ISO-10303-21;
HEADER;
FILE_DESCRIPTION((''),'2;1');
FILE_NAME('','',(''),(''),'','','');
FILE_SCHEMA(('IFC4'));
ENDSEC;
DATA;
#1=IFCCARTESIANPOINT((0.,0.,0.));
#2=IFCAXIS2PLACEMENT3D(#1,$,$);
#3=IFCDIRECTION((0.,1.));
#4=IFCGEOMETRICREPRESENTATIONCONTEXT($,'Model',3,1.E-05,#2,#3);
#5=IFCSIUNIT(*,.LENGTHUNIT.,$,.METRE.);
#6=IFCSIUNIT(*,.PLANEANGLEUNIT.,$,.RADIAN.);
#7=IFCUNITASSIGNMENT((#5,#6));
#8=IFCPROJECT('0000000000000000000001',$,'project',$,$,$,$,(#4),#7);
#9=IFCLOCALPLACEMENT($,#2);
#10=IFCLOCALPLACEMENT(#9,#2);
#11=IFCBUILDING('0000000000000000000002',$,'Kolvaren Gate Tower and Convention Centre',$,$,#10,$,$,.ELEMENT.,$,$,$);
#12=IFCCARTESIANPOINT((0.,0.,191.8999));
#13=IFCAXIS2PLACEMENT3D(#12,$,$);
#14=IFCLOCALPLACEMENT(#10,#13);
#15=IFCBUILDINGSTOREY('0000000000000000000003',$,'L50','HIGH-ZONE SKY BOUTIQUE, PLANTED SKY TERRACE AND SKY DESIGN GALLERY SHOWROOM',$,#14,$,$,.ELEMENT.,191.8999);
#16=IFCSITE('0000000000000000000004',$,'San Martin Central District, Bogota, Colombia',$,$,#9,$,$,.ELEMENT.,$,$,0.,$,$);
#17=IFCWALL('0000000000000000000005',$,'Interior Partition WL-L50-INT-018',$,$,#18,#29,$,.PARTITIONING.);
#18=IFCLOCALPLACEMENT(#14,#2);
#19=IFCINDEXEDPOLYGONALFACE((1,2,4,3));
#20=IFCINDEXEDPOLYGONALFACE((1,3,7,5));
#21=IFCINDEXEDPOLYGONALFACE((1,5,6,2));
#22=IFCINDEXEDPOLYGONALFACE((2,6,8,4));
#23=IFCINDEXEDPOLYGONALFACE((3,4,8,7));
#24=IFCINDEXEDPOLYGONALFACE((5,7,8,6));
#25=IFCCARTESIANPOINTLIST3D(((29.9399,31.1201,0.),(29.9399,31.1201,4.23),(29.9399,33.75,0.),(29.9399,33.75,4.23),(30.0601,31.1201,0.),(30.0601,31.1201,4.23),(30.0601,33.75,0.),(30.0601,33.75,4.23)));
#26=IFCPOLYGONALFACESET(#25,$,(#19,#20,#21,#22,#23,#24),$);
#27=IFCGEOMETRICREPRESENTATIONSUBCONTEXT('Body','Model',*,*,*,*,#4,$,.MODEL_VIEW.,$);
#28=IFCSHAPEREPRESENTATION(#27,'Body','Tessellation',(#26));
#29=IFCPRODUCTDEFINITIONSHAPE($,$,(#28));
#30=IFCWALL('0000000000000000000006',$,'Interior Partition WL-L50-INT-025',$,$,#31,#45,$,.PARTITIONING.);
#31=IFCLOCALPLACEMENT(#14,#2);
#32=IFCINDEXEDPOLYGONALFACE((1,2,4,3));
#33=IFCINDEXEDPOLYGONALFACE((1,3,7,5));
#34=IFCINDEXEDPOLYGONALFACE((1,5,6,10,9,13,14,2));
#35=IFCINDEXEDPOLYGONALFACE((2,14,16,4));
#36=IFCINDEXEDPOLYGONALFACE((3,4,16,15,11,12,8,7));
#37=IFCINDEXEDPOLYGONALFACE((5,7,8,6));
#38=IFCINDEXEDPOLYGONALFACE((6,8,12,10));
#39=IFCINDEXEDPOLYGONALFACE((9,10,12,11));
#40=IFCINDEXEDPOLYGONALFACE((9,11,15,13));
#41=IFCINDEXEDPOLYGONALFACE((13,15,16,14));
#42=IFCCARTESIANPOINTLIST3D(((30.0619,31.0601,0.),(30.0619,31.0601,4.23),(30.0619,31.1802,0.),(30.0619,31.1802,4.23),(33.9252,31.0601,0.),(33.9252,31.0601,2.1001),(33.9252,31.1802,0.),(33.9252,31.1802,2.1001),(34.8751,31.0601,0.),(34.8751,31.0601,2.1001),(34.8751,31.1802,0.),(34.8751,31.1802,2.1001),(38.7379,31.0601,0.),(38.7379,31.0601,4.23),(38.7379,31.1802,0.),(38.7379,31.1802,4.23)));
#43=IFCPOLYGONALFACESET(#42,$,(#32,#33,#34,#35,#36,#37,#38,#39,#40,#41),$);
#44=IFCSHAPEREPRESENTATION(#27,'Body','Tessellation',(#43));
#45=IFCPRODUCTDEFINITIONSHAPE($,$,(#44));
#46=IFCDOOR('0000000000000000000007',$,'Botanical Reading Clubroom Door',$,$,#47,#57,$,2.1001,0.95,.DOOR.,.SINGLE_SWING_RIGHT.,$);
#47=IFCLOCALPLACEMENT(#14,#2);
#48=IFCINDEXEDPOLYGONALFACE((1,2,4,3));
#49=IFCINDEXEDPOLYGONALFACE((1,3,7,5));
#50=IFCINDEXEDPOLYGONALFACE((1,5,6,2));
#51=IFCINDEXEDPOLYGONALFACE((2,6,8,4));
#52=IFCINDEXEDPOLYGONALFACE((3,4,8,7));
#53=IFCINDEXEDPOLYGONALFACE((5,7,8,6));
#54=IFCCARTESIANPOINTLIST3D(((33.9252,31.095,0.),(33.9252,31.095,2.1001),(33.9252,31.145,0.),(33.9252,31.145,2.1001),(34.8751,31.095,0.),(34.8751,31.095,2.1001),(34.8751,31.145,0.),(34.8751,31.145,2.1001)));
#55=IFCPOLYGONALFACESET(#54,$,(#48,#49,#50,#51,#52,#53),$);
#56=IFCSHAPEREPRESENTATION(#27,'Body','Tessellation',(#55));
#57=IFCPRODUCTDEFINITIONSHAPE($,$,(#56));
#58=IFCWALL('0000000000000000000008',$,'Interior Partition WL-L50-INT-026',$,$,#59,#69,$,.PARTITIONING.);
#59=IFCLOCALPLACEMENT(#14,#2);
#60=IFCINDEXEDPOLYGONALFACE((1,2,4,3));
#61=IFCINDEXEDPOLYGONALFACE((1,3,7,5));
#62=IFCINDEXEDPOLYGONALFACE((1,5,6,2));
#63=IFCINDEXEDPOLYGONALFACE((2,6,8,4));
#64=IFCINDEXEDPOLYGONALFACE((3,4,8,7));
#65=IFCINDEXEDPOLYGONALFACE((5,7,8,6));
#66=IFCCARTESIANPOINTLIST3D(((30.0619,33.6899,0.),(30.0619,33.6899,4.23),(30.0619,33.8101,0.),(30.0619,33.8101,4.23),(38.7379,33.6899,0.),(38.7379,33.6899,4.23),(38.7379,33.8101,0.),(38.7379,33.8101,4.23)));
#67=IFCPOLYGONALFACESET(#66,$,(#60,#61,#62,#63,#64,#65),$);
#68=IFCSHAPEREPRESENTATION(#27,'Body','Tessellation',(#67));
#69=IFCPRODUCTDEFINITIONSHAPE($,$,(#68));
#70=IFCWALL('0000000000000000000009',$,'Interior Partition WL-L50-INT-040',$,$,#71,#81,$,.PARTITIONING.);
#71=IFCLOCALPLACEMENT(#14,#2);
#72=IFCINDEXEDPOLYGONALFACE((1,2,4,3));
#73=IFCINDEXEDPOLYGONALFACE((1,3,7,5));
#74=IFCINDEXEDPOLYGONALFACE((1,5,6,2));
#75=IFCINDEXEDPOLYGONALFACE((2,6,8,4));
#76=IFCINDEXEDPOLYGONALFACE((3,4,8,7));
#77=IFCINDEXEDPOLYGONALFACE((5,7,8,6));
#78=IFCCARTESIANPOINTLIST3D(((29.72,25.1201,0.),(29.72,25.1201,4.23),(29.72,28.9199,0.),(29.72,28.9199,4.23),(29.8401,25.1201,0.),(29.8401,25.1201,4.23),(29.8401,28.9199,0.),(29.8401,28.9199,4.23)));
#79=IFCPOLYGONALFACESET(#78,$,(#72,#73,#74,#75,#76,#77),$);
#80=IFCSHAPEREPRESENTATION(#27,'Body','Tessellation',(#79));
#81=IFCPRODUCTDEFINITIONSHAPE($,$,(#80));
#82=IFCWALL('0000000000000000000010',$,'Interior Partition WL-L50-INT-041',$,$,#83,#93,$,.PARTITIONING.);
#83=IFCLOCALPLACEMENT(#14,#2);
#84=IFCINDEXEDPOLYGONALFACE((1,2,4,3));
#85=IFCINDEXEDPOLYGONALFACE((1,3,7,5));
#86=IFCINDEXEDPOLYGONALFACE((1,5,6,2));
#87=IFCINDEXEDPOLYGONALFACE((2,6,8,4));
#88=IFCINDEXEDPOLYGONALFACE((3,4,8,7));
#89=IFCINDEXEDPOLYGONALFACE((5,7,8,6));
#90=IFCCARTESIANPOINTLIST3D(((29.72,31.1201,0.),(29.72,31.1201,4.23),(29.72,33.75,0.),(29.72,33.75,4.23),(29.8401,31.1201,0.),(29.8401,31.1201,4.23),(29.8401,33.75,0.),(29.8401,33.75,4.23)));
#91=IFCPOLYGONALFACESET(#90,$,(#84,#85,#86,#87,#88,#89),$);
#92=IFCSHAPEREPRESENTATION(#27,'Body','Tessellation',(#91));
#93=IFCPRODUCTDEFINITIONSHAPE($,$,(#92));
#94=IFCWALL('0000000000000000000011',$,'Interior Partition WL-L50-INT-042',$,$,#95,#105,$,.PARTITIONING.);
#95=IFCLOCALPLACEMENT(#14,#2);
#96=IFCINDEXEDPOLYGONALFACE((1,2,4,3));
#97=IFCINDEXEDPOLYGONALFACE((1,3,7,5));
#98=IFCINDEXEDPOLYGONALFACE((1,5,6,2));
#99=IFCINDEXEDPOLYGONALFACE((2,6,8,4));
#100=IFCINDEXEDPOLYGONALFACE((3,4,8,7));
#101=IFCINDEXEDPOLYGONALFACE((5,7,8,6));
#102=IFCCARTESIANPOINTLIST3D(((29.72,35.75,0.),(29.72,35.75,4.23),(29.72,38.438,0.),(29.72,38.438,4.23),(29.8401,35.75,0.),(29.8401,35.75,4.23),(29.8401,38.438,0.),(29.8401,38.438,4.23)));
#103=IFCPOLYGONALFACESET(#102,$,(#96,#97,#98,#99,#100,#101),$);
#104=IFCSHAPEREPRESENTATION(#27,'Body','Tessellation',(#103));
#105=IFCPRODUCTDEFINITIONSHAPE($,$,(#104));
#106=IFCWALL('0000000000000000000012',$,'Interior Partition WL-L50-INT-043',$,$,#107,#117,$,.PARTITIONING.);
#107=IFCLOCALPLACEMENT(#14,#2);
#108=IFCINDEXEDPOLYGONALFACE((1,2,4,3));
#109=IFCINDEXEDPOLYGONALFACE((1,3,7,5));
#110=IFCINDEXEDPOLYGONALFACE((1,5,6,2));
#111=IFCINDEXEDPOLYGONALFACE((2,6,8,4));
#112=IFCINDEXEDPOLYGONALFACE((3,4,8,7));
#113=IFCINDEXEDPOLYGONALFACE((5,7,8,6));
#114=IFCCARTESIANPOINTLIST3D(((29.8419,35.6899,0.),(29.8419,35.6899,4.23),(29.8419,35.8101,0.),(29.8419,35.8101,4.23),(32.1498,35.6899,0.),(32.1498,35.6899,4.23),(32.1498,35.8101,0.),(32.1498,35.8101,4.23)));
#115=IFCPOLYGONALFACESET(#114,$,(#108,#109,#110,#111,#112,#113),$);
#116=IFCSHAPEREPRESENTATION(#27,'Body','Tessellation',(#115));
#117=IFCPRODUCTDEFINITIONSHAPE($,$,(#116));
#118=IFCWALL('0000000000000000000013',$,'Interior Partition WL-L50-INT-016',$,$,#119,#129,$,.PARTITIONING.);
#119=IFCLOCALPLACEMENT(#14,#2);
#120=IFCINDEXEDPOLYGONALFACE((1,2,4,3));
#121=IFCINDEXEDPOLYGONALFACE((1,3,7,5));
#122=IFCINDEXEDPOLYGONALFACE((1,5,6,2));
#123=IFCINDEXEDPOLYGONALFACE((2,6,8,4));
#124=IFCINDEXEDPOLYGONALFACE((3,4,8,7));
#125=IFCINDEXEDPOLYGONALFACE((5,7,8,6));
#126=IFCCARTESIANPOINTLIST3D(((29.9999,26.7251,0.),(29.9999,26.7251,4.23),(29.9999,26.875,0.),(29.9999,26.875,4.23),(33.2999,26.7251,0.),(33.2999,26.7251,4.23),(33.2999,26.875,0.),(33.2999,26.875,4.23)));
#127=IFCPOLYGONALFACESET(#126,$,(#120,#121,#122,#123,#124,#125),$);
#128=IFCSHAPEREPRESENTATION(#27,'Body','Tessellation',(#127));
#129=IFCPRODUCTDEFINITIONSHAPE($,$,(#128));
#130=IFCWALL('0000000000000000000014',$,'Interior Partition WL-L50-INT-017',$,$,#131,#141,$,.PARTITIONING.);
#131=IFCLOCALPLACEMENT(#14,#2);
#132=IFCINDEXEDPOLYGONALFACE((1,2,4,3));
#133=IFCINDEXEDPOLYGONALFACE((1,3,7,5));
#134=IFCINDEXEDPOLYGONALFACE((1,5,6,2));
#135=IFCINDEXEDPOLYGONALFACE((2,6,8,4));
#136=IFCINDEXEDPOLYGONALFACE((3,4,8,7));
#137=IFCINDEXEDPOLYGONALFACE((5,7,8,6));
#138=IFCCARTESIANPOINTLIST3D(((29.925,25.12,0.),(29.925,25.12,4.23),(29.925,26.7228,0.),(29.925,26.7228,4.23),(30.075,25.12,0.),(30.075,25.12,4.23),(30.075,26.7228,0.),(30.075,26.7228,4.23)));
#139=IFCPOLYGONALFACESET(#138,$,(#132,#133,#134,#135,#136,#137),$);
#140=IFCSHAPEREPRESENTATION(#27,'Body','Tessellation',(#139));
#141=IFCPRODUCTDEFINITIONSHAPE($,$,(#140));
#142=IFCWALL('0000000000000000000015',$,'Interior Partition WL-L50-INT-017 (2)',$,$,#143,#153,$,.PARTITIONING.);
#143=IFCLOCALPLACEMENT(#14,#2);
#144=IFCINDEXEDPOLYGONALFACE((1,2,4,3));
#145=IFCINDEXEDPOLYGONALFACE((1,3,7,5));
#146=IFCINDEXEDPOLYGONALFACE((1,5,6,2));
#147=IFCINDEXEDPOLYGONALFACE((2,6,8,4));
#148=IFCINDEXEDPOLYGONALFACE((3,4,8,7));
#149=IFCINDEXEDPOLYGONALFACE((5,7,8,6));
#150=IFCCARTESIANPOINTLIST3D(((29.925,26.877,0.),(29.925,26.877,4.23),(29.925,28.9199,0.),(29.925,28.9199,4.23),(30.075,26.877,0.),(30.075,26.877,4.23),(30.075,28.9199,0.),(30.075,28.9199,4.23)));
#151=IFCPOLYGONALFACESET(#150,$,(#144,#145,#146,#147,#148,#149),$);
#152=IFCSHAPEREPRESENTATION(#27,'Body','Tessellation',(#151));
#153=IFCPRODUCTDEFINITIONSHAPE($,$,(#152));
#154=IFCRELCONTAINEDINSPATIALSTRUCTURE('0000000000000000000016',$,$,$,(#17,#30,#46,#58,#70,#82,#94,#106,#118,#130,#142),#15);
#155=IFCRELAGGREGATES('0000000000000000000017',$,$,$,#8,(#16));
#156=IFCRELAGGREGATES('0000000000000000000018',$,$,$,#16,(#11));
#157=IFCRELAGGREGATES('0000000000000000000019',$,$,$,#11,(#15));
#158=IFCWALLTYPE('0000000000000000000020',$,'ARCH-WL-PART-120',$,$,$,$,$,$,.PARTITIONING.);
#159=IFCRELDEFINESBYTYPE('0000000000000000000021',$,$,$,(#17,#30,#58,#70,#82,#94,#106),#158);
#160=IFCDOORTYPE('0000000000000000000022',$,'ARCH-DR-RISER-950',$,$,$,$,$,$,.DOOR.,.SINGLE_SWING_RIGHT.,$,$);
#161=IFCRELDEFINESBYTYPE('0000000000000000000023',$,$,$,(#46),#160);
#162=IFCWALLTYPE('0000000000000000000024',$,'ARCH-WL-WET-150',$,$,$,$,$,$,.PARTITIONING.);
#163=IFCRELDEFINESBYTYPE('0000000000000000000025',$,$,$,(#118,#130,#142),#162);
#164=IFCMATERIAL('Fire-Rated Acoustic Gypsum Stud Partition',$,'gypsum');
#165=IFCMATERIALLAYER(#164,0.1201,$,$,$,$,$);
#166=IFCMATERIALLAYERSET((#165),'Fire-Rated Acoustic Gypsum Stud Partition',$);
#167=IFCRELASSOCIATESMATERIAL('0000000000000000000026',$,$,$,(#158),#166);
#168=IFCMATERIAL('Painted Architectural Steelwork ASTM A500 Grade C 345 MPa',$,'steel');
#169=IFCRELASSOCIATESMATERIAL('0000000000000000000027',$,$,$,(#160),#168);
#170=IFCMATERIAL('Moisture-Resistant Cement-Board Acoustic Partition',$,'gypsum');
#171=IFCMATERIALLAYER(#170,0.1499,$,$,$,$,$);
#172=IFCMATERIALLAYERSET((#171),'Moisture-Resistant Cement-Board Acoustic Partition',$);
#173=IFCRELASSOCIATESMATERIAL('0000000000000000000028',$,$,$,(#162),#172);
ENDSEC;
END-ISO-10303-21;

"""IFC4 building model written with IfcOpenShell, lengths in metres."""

from ifc_helpers import new_model, si_unit, direction, frame, frame_2d, origin, place, context, subcontext, project, spatial, rectangle, extrude, material, layer, layer_set, type_object, element, fill, save


model = new_model("IFC4")

# Units and contexts
model_context = context("Model", 3, precision=1e-05, world=origin(), true_north=direction((0.0, 1.0)))
body_context = subcontext(model_context, "Body", "Model", "MODEL_VIEW")
ifc_project = project(units=[si_unit("LENGTHUNIT", "METRE"), si_unit("PLANEANGLEUNIT", "RADIAN")], contexts=[model_context])

# Site, building, storey
site_placement = place(None, origin())
site = spatial("IfcSite", under=ifc_project, at=site_placement, Name="San Martin Central District, Bogota, Colombia", CompositionType="ELEMENT", RefElevation=0.0)
building_placement = place(site_placement, origin())
building = spatial("IfcBuilding", under=site, at=building_placement, Name="Kolvaren Gate Tower and Convention Centre", CompositionType="ELEMENT")
storey_placement = place(building_placement, frame((0.0, 0.0, 191.8999)))
storey = spatial("IfcBuildingStorey", under=building, at=storey_placement, Name="L50", Description="HIGH-ZONE SKY BOUTIQUE, PLANTED SKY TERRACE AND SKY DESIGN GALLERY SHOWROOM", CompositionType="ELEMENT", Elevation=191.8999)

# Wall
ifc_material_1 = material(Name="Fire-Rated Acoustic Gypsum Stud Partition", Category="gypsum")
ifc_layer_1 = layer(ifc_material_1, 0.1201)
ifc_layer_set_1 = layer_set([ifc_layer_1], Name="Fire-Rated Acoustic Gypsum Stud Partition")
wall_type_1 = type_object("IfcWallType", Name="ARCH-WL-PART-120", PredefinedType="PARTITIONING", material=ifc_layer_set_1)
wall_1_placement = place(storey_placement, frame((30.0, 31.1201, 0.0), z_axis=(0.0, 0.0, 1.0), x_axis=(0.0, 1.0, 0.0)))
element("IfcWall", 1, at=wall_1_placement, inside=storey, type_object=wall_type_1, Name="Interior Partition WL-L50-INT-018", PredefinedType="PARTITIONING", context=body_context, shape_type="SweptSolid", body=[
    extrude(rectangle(XDim=2.6299, YDim=0.1201, at=frame_2d((1.3149, 0.0))), origin(), (0.0, 0.0, 1.0), 4.23),
])

# Wall, opening, door
wall_2_placement = place(storey_placement, frame((30.062, 31.1201, 0.0), z_axis=(0.0, 0.0, 1.0), x_axis=(1.0, 0.0, 0.0)))
wall_2 = element("IfcWall", 2, at=wall_2_placement, inside=storey, type_object=wall_type_1, Name="Interior Partition WL-L50-INT-025", PredefinedType="PARTITIONING", context=body_context, shape_type="SweptSolid", body=[
    extrude(rectangle(XDim=8.676, YDim=0.1201, at=frame_2d((4.3379, 0.0))), origin(), (0.0, 0.0, 1.0), 4.23),
])
opening_1_placement = place(wall_2_placement, frame((3.863, 0.0, 0.0)))
opening_1 = element("IfcOpeningElement", 3, at=opening_1_placement, cuts=wall_2, PredefinedType="OPENING", context=body_context, shape_type="SweptSolid", body=[
    extrude(rectangle(XDim=0.95, YDim=2.1001, at=frame_2d((0.4751, 1.05))), frame((0.0, 0.0701, 0.0), z_axis=(0.0, -1.0, 0.0), x_axis=(1.0, 0.0, 0.0)), (0.0, 0.0, 1.0), 0.1401),
])
ifc_material_2 = material(Name="Painted Architectural Steelwork ASTM A500 Grade C 345 MPa", Category="steel")
door_type = type_object("IfcDoorType", Name="ARCH-DR-RISER-950", OperationType="SINGLE_SWING_RIGHT", PredefinedType="DOOR", material=ifc_material_2)
door_1_placement = place(opening_1_placement, origin())
door_1 = element("IfcDoor", 4, at=door_1_placement, inside=storey, type_object=door_type, Name="Botanical Reading Clubroom Door", OperationType="SINGLE_SWING_RIGHT", OverallHeight=2.1001, OverallWidth=0.95, PredefinedType="DOOR", context=body_context, shape_type="SweptSolid", body=[
    extrude(rectangle(XDim=0.95, YDim=2.1001, at=frame_2d((0.4751, 1.05))), frame((0.0, 0.0249, 0.0), z_axis=(0.0, -1.0, 0.0), x_axis=(1.0, 0.0, 0.0)), (0.0, 0.0, 1.0), 0.05),
])
fill(opening_1, door_1)

# Walls
wall_3_placement = place(storey_placement, frame((30.062, 33.75, 0.0), z_axis=(0.0, 0.0, 1.0), x_axis=(1.0, 0.0, 0.0)))
element("IfcWall", 5, at=wall_3_placement, inside=storey, type_object=wall_type_1, Name="Interior Partition WL-L50-INT-026", PredefinedType="PARTITIONING", context=body_context, shape_type="SweptSolid", body=[
    extrude(rectangle(XDim=8.676, YDim=0.1201, at=frame_2d((4.3379, 0.0))), origin(), (0.0, 0.0, 1.0), 4.23),
])
wall_4_placement = place(storey_placement, frame((29.78, 25.1201, 0.0), z_axis=(0.0, 0.0, 1.0), x_axis=(0.0, 1.0, 0.0)))
element("IfcWall", 6, at=wall_4_placement, inside=storey, type_object=wall_type_1, Name="Interior Partition WL-L50-INT-040", PredefinedType="PARTITIONING", context=body_context, shape_type="SweptSolid", body=[
    extrude(rectangle(XDim=3.7998, YDim=0.1201, at=frame_2d((1.8999, 0.0))), origin(), (0.0, 0.0, 1.0), 4.23),
])
wall_5_placement = place(storey_placement, frame((29.78, 31.1201, 0.0), z_axis=(0.0, 0.0, 1.0), x_axis=(0.0, 1.0, 0.0)))
element("IfcWall", 7, at=wall_5_placement, inside=storey, type_object=wall_type_1, Name="Interior Partition WL-L50-INT-041", PredefinedType="PARTITIONING", context=body_context, shape_type="SweptSolid", body=[
    extrude(rectangle(XDim=2.6299, YDim=0.1201, at=frame_2d((1.3149, 0.0))), origin(), (0.0, 0.0, 1.0), 4.23),
])
wall_6_placement = place(storey_placement, frame((29.78, 35.75, 0.0), z_axis=(0.0, 0.0, 1.0), x_axis=(0.0, 1.0, 0.0)))
element("IfcWall", 8, at=wall_6_placement, inside=storey, type_object=wall_type_1, Name="Interior Partition WL-L50-INT-042", PredefinedType="PARTITIONING", context=body_context, shape_type="SweptSolid", body=[
    extrude(rectangle(XDim=2.688, YDim=0.1201, at=frame_2d((1.344, 0.0))), origin(), (0.0, 0.0, 1.0), 4.23),
])
wall_7_placement = place(storey_placement, frame((29.842, 35.75, 0.0), z_axis=(0.0, 0.0, 1.0), x_axis=(1.0, 0.0, 0.0)))
element("IfcWall", 9, at=wall_7_placement, inside=storey, type_object=wall_type_1, Name="Interior Partition WL-L50-INT-043", PredefinedType="PARTITIONING", context=body_context, shape_type="SweptSolid", body=[
    extrude(rectangle(XDim=2.3079, YDim=0.1201, at=frame_2d((1.1538, 0.0))), origin(), (0.0, 0.0, 1.0), 4.23),
])
ifc_material_3 = material(Name="Moisture-Resistant Cement-Board Acoustic Partition", Category="gypsum")
ifc_layer_2 = layer(ifc_material_3, 0.1499)
ifc_layer_set_2 = layer_set([ifc_layer_2], Name="Moisture-Resistant Cement-Board Acoustic Partition")
wall_type_2 = type_object("IfcWallType", Name="ARCH-WL-WET-150", PredefinedType="PARTITIONING", material=ifc_layer_set_2)
wall_8_placement = place(storey_placement, frame((30.0, 26.8, 0.0), z_axis=(0.0, 0.0, 1.0), x_axis=(1.0, 0.0, 0.0)))
element("IfcWall", 10, at=wall_8_placement, inside=storey, type_object=wall_type_2, Name="Interior Partition WL-L50-INT-016", PredefinedType="PARTITIONING", context=body_context, shape_type="SweptSolid", body=[
    extrude(rectangle(XDim=3.3, YDim=0.1499, at=frame_2d((1.6499, 0.0))), origin(), (0.0, 0.0, 1.0), 4.23),
])
wall_9_placement = place(storey_placement, frame((30.0, 25.1201, 0.0), z_axis=(0.0, 0.0, 1.0), x_axis=(0.0, 1.0, 0.0)))
element("IfcWall", 11, at=wall_9_placement, inside=storey, type_object=wall_type_2, Name="Interior Partition WL-L50-INT-017", PredefinedType="PARTITIONING", context=body_context, shape_type="SweptSolid", body=[
    extrude(rectangle(XDim=1.6028, YDim=0.1499, at=frame_2d((0.8013, 0.0))), origin(), (0.0, 0.0, 1.0), 4.23),
])
wall_10_placement = place(storey_placement, frame((30.0, 26.877, 0.0), z_axis=(0.0, 0.0, 1.0), x_axis=(0.0, 1.0, 0.0)))
element("IfcWall", 12, at=wall_10_placement, inside=storey, type_object=wall_type_2, Name="Interior Partition WL-L50-INT-017 (2)", PredefinedType="PARTITIONING", context=body_context, shape_type="SweptSolid", body=[
    extrude(rectangle(XDim=2.043, YDim=0.1499, at=frame_2d((1.0215, 0.0))), origin(), (0.0, 0.0, 1.0), 4.23),
])

save(model, "model.ifc")
